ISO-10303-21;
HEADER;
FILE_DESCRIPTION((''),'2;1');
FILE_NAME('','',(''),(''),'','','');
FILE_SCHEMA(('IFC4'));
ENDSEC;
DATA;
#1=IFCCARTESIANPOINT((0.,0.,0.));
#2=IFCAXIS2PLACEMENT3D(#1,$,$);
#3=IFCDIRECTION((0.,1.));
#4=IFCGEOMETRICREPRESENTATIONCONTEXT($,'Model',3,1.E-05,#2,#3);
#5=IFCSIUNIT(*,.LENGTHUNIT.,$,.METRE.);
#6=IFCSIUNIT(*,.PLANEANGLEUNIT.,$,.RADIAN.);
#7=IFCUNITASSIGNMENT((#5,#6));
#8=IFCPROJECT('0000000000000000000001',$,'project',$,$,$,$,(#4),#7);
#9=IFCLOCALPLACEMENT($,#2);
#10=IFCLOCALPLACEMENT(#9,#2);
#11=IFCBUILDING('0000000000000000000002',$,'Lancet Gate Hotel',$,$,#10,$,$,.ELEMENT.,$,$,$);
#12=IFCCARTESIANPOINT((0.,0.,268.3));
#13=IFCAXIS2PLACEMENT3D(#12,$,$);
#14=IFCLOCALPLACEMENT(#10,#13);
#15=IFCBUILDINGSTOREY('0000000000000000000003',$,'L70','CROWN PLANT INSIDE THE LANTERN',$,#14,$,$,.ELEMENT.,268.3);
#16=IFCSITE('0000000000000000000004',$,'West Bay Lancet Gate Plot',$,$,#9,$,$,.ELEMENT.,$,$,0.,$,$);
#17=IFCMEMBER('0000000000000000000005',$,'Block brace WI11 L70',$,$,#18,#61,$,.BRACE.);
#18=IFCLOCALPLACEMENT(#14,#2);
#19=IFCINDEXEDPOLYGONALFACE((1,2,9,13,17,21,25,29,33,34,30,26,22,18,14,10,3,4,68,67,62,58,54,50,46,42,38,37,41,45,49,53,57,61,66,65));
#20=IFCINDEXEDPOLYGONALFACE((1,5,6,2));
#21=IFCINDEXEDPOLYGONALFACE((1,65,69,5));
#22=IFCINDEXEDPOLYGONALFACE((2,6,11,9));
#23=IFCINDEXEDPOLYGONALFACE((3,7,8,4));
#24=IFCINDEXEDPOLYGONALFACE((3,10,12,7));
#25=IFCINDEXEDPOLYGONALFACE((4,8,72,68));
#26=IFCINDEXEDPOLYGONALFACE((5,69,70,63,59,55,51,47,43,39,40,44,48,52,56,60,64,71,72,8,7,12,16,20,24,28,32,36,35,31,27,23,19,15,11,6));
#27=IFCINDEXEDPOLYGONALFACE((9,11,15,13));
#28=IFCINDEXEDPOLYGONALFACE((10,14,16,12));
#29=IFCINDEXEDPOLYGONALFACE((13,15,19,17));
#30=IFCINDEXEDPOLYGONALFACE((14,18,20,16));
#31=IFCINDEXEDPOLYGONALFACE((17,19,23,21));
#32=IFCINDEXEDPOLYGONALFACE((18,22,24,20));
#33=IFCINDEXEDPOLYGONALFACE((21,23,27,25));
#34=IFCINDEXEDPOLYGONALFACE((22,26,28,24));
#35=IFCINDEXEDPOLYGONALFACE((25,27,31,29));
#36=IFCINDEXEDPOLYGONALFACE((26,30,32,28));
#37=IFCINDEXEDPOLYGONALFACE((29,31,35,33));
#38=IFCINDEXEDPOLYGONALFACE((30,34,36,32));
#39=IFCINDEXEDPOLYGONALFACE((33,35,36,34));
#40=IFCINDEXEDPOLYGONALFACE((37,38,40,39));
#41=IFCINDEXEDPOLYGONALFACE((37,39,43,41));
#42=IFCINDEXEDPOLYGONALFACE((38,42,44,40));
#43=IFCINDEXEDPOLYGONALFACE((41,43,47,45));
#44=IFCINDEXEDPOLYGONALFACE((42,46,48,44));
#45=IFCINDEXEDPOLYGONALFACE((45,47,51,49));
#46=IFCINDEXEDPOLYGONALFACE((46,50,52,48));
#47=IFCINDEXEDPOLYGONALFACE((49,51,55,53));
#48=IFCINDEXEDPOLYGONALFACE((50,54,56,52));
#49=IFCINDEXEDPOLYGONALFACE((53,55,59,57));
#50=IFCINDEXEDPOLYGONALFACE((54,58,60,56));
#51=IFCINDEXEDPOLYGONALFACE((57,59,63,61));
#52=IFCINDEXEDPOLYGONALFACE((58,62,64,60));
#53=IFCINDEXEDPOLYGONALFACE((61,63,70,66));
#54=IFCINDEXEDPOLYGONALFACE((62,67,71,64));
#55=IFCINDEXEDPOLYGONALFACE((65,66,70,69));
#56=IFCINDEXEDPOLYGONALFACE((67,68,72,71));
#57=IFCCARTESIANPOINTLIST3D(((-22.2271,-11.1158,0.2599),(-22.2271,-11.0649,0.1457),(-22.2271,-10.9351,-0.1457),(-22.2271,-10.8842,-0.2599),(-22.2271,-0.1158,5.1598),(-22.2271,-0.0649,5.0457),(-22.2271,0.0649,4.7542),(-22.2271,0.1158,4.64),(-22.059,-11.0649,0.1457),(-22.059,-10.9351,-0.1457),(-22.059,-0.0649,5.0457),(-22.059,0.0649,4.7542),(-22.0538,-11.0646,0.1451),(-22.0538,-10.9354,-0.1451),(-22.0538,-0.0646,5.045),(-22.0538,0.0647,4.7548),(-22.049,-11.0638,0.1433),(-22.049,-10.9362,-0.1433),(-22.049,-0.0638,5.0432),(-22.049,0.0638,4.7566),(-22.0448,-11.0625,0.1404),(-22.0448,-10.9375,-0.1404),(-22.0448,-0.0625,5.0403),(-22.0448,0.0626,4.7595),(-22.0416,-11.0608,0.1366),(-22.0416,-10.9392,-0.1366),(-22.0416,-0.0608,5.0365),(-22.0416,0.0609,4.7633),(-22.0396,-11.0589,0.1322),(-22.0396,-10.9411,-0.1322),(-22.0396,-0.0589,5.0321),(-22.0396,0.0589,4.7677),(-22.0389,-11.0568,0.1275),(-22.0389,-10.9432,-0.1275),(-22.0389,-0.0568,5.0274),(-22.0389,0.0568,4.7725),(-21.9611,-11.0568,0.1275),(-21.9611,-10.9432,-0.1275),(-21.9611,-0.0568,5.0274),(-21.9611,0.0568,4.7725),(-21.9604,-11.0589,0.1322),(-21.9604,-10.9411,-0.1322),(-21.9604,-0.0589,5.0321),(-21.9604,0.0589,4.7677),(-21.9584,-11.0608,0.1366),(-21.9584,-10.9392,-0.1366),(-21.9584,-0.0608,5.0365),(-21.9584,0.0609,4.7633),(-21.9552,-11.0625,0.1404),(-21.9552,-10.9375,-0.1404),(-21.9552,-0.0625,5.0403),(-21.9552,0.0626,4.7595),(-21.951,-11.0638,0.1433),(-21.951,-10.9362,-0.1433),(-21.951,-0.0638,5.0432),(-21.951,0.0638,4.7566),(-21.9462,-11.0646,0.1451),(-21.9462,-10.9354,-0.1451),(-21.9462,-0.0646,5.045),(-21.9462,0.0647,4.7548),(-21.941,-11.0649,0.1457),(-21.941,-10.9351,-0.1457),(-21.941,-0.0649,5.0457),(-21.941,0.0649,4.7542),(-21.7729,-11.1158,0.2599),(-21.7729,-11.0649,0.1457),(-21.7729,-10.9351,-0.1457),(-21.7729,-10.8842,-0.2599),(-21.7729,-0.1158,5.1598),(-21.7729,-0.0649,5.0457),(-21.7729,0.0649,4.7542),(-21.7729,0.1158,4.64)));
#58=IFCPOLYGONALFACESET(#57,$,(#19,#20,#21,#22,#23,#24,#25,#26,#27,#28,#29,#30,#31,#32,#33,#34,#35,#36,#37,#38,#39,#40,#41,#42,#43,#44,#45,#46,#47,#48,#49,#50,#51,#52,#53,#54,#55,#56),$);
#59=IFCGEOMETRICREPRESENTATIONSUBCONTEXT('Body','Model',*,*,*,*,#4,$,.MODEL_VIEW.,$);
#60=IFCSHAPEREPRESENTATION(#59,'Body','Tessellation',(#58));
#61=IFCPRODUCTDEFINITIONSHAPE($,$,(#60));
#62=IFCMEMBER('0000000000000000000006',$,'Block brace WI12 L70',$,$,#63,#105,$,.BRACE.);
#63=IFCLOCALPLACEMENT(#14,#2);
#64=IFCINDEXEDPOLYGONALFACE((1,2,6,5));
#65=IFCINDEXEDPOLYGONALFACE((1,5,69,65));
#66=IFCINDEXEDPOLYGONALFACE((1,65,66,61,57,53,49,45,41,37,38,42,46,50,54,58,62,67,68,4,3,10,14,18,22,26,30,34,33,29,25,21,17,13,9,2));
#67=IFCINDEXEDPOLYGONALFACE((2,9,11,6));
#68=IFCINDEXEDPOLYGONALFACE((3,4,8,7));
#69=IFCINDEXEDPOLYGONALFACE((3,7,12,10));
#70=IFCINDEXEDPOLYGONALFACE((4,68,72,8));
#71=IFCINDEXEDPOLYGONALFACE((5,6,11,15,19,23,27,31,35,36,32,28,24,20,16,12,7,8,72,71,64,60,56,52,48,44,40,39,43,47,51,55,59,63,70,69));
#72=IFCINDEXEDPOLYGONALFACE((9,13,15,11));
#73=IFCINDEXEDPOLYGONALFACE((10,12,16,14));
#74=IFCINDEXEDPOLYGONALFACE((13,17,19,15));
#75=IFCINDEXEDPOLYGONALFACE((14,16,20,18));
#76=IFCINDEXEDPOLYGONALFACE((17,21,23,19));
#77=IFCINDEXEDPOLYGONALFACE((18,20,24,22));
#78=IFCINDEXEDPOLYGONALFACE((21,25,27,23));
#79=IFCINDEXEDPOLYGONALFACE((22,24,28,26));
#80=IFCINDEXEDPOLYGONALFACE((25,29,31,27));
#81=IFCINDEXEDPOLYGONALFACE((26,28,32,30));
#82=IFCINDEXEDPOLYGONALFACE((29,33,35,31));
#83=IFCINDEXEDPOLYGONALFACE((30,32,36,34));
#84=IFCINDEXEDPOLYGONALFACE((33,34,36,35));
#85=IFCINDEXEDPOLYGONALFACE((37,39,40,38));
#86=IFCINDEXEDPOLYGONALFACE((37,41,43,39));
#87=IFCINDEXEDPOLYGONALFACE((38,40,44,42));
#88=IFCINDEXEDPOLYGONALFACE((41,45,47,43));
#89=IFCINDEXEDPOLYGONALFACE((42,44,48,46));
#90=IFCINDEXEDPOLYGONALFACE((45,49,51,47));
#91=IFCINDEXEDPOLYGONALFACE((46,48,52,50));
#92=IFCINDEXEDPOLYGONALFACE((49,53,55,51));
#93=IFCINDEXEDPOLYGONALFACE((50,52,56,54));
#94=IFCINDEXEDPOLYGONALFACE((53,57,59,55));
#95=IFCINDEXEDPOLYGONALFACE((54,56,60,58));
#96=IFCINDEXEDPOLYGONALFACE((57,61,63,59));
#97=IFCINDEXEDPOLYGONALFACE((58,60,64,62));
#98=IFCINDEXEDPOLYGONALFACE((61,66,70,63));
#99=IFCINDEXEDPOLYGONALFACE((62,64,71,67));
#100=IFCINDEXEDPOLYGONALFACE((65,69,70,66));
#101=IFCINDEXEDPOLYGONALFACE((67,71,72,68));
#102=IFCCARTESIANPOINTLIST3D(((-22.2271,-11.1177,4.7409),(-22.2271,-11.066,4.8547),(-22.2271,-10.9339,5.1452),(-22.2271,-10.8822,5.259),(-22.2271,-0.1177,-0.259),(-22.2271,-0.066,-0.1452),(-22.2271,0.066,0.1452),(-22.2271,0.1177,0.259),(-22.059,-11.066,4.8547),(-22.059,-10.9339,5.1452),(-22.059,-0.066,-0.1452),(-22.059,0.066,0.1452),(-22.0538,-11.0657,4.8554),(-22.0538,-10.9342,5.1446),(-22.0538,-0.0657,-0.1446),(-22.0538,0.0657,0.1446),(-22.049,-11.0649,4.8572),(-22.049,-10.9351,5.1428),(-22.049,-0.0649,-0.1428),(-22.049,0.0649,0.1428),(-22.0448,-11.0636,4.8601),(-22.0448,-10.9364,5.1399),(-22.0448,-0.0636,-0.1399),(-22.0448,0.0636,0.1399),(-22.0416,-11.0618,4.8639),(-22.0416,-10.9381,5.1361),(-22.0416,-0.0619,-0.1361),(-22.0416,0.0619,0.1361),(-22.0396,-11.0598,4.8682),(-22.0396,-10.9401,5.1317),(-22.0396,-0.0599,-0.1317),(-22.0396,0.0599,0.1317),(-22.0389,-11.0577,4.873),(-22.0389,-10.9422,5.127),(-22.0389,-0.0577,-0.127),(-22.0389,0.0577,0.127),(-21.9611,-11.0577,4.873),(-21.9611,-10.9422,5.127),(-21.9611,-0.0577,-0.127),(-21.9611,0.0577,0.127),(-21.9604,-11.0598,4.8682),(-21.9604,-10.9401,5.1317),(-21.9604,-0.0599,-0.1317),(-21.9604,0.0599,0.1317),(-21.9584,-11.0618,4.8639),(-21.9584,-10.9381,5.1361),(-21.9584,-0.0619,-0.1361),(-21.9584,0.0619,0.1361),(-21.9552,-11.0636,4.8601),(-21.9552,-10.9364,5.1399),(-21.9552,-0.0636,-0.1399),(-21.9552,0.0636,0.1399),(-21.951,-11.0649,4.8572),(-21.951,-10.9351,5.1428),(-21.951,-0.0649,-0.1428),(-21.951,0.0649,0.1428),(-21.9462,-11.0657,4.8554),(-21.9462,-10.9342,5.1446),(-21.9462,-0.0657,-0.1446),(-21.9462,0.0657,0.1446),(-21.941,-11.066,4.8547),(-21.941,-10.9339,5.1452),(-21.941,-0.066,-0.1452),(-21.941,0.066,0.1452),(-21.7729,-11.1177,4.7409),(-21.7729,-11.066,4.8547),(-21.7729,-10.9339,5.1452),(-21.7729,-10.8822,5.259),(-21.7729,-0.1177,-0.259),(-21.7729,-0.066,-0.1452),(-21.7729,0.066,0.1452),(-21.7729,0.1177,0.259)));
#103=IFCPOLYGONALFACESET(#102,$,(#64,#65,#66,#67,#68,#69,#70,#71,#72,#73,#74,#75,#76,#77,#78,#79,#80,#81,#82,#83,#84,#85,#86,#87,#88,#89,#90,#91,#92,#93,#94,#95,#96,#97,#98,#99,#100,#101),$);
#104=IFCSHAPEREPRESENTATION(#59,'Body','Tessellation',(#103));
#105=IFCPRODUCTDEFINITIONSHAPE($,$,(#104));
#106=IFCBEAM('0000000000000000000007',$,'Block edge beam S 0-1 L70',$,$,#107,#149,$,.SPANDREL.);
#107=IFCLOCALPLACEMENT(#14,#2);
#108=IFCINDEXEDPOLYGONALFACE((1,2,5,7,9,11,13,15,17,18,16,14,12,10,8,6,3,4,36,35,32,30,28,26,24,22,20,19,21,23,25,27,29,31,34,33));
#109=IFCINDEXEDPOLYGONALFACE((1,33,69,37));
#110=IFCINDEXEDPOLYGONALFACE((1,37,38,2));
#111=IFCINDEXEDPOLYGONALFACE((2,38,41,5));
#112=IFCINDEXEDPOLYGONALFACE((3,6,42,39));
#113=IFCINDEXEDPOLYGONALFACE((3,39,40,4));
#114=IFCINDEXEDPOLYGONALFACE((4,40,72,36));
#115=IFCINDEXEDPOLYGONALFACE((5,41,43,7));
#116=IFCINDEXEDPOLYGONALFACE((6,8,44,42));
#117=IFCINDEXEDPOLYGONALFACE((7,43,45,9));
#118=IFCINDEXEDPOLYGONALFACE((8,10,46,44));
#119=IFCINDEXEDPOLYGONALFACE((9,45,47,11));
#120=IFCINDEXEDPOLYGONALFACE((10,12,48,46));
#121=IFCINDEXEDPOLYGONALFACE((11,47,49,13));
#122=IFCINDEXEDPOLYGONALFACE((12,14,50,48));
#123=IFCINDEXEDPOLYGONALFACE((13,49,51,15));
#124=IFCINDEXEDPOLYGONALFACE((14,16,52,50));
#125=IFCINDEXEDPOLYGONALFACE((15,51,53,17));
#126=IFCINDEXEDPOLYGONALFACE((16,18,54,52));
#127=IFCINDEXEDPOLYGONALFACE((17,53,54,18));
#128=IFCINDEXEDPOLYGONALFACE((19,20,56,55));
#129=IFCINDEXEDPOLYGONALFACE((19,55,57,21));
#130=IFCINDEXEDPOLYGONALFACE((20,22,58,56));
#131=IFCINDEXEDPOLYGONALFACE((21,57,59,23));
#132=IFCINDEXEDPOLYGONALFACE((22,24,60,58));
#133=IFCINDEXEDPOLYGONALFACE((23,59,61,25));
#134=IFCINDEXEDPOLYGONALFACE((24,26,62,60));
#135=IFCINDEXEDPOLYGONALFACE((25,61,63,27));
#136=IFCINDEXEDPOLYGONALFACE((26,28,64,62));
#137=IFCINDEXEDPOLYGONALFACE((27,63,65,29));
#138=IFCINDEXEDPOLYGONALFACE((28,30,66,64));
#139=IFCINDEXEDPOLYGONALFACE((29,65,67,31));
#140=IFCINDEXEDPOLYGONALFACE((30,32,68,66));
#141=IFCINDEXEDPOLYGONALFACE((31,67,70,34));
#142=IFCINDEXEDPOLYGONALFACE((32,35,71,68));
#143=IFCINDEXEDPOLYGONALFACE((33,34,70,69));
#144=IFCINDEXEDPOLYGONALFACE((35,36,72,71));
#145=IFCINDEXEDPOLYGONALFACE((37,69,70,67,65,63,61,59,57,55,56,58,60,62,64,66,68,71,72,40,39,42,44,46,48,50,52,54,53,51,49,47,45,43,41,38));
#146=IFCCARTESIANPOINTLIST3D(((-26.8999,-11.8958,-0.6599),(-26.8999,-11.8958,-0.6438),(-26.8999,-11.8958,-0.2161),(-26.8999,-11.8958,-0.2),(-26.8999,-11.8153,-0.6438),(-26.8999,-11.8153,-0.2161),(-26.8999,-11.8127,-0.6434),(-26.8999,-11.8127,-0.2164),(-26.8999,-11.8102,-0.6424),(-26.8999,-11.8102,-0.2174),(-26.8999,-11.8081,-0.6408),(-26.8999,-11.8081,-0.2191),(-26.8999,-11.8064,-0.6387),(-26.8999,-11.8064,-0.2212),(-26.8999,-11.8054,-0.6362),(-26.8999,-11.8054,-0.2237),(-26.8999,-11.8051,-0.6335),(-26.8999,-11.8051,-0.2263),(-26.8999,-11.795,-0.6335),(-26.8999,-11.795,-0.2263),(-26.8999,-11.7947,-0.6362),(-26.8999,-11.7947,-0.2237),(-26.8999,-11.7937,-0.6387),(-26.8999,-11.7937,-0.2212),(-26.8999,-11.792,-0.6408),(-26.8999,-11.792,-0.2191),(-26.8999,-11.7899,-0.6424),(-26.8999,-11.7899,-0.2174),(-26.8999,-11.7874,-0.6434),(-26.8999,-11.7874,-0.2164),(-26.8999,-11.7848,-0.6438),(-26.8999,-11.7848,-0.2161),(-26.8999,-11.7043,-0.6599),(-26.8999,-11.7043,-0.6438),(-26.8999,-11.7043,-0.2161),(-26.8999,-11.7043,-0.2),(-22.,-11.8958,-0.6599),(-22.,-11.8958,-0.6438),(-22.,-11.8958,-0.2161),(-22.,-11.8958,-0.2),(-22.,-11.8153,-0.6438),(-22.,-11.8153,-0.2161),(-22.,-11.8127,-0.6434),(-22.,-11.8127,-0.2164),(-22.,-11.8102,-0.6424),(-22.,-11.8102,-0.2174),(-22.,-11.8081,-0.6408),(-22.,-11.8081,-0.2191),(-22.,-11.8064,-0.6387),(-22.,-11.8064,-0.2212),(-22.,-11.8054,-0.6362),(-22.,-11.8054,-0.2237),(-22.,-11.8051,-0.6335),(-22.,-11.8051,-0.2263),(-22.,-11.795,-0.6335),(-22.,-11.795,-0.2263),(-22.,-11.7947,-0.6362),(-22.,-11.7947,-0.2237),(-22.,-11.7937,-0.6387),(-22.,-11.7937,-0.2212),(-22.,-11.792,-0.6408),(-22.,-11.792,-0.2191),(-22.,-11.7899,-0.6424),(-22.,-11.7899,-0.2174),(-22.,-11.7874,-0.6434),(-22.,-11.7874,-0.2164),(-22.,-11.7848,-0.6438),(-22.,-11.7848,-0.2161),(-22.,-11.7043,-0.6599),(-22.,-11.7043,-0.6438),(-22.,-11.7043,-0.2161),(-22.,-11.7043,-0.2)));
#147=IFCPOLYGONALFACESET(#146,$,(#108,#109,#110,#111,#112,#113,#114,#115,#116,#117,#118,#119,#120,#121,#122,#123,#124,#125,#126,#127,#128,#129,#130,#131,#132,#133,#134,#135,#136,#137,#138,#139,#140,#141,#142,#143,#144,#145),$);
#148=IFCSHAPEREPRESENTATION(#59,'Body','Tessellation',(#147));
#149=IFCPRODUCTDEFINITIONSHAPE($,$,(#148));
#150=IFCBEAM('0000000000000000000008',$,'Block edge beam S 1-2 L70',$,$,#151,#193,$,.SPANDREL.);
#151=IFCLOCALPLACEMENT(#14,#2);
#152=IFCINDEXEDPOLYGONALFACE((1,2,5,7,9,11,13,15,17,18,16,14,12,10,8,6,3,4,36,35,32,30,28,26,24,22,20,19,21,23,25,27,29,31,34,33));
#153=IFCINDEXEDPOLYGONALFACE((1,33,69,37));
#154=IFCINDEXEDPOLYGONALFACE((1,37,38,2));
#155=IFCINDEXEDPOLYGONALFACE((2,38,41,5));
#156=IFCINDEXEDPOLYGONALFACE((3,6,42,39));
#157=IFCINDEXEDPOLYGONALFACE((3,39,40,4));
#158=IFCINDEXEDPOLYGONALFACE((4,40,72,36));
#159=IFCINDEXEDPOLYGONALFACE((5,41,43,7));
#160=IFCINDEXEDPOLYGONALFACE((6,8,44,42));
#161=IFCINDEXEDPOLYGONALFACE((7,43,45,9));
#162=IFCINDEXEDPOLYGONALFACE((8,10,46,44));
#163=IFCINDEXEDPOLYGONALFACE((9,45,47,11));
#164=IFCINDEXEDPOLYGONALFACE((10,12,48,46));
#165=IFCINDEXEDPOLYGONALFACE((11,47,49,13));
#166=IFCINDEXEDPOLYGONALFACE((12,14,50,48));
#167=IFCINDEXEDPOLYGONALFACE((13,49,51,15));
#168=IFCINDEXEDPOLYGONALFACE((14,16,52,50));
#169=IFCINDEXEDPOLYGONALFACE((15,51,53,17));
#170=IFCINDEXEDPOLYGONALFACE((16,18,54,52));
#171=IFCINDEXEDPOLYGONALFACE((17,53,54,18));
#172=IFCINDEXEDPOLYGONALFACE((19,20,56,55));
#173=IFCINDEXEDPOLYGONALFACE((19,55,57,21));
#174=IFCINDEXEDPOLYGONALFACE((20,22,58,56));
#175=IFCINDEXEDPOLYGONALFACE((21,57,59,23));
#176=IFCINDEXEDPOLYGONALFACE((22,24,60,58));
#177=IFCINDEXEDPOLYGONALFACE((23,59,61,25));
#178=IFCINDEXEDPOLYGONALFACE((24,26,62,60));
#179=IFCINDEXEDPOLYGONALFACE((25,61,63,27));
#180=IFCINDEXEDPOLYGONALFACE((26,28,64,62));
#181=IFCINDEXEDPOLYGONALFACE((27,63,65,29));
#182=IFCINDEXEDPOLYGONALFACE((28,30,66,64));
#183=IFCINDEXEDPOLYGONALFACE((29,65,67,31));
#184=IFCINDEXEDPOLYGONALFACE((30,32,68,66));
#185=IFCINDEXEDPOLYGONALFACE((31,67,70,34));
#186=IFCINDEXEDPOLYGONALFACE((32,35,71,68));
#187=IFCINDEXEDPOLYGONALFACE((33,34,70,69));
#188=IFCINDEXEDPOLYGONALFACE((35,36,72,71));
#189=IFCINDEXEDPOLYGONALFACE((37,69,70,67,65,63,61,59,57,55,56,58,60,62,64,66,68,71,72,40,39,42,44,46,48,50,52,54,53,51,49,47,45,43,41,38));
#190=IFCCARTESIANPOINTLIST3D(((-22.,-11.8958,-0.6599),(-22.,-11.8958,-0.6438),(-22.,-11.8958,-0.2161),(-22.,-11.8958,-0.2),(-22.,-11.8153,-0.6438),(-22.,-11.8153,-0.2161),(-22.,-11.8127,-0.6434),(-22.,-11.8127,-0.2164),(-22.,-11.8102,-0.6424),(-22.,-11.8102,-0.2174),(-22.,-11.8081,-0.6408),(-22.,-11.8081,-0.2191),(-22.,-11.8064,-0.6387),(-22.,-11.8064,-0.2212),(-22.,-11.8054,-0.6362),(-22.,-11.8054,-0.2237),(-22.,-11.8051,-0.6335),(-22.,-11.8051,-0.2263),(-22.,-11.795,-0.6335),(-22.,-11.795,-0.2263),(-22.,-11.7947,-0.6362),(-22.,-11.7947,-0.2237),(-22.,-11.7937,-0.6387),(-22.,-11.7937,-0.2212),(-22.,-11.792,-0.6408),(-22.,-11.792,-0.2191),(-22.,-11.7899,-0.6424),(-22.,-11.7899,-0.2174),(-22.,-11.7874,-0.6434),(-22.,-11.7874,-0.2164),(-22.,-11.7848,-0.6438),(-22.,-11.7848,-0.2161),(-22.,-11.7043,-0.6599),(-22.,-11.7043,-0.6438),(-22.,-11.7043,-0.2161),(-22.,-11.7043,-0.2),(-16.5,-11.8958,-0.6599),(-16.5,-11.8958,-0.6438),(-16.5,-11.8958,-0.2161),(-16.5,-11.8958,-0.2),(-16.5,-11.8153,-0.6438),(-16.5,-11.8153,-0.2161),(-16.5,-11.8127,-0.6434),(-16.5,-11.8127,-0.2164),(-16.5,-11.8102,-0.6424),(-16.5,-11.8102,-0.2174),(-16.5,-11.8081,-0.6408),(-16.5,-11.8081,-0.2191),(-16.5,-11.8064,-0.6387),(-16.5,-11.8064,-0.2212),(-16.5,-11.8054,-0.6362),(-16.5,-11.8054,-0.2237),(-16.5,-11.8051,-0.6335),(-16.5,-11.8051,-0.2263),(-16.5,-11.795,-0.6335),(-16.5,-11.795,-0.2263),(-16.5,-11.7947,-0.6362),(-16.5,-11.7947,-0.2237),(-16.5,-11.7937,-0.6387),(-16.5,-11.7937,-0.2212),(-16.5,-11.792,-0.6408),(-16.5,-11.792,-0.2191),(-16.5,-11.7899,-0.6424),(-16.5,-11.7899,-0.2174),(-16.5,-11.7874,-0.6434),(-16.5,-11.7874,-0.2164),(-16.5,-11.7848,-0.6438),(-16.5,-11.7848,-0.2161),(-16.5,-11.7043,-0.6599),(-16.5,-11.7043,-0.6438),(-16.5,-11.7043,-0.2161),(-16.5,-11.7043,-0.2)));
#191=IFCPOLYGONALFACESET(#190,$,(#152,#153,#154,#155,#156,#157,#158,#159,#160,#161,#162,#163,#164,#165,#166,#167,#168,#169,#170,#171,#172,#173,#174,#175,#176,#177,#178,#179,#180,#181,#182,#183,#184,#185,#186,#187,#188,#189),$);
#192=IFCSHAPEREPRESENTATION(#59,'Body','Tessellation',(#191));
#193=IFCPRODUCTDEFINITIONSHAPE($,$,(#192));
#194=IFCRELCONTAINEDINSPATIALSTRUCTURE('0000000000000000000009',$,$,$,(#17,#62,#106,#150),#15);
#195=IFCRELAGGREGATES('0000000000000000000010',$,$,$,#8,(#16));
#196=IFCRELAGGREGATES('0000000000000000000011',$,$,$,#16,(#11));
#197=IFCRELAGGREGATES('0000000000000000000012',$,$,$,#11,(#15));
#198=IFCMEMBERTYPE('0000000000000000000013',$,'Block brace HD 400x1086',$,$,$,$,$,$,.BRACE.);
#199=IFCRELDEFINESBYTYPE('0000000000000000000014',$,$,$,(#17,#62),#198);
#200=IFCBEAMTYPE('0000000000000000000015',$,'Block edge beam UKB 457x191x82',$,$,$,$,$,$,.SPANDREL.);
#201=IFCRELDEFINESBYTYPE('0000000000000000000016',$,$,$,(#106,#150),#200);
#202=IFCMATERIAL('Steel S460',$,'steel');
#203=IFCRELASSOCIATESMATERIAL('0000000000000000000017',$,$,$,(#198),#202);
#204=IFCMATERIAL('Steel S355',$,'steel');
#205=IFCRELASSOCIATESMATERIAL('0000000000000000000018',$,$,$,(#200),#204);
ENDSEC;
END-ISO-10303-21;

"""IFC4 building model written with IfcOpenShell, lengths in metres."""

from ifc_helpers import new_model, si_unit, direction, frame, origin, origin_2d, place, context, subcontext, project, spatial, i_section, extrude, material, material_profile, profile_set, type_object, element, save


model = new_model("IFC4")

# Units and contexts
model_context = context("Model", 3, precision=1e-05, world=origin(), true_north=direction((0.0, 1.0)))
body_context = subcontext(model_context, "Body", "Model", "MODEL_VIEW")
ifc_project = project(units=[si_unit("LENGTHUNIT", "METRE"), si_unit("PLANEANGLEUNIT", "RADIAN")], contexts=[model_context])

# Site, building, storey
site_placement = place(None, origin())
site = spatial("IfcSite", under=ifc_project, at=site_placement, Name="West Bay Lancet Gate Plot", CompositionType="ELEMENT", RefElevation=0.0)
building_placement = place(site_placement, origin())
building = spatial("IfcBuilding", under=site, at=building_placement, Name="Lancet Gate Hotel", CompositionType="ELEMENT")
storey_placement = place(building_placement, frame((0.0, 0.0, 268.3)))
storey = spatial("IfcBuildingStorey", under=building, at=storey_placement, Name="L70", Description="CROWN PLANT INSIDE THE LANTERN", CompositionType="ELEMENT", Elevation=268.3)

# Members
ifc_material_1 = material(Name="Steel S460", Category="steel")
ifc_material_profile_1 = material_profile(ifc_material_1, i_section(OverallWidth=0.4541, OverallDepth=0.5691, WebThickness=0.0779, FlangeThickness=0.125, FilletRadius=0.02, at=origin_2d()), Name="HD 400x1086")
ifc_profile_set_1 = profile_set([ifc_material_profile_1], Name="Steel S460")
member_type_1 = type_object("IfcMemberType", Name="Block brace HD 400x1086", PredefinedType="BRACE", material=ifc_profile_set_1)
member_1_placement = place(storey_placement, frame((-22.0, -11.0, 0.0), z_axis=(0.0, 0.913472, 0.406902), x_axis=(-1.0, 0.0, 0.0)))
element("IfcMember", 1, at=member_1_placement, inside=storey, type_object=member_type_1, Name="Block brace WI11 L70", PredefinedType="BRACE", context=body_context, shape_type="SweptSolid", body=[
    extrude(i_section(OverallWidth=0.4541, OverallDepth=0.5691, WebThickness=0.0779, FlangeThickness=0.125, FilletRadius=0.02, at=origin_2d()), origin(), (0.0, 0.0, 1.0), 12.042),
])
member_2_placement = place(storey_placement, frame((-22.0, 0.0, 0.0), z_axis=(0.0, -0.910366, 0.413803), x_axis=(1.0, 0.0, 0.0)))
element("IfcMember", 2, at=member_2_placement, inside=storey, type_object=member_type_1, Name="Block brace WI12 L70", PredefinedType="BRACE", context=body_context, shape_type="SweptSolid", body=[
    extrude(i_section(OverallWidth=0.4541, OverallDepth=0.5691, WebThickness=0.0779, FlangeThickness=0.125, FilletRadius=0.02, at=origin_2d()), origin(), (0.0, 0.0, 1.0), 12.083),
])

# Beams
ifc_material_2 = material(Name="Steel S355", Category="steel")
ifc_material_profile_2 = material_profile(ifc_material_2, i_section(OverallWidth=0.1914, OverallDepth=0.46, WebThickness=0.01, FlangeThickness=0.0161, FilletRadius=0.0103, at=origin_2d()), Name="UKB 457x191x82")
ifc_profile_set_2 = profile_set([ifc_material_profile_2], Name="Steel S355")
beam_type_1 = type_object("IfcBeamType", Name="Block edge beam UKB 457x191x82", PredefinedType="SPANDREL", material=ifc_profile_set_2)
beam_1_placement = place(storey_placement, frame((-26.8999, -11.8, -0.4299), z_axis=(1.0, 0.0, 0.0), x_axis=(0.0, 1.0, 0.0)))
element("IfcBeam", 3, at=beam_1_placement, inside=storey, type_object=beam_type_1, Name="Block edge beam S 0-1 L70", PredefinedType="SPANDREL", context=body_context, shape_type="SweptSolid", body=[
    extrude(i_section(OverallWidth=0.1914, OverallDepth=0.46, WebThickness=0.01, FlangeThickness=0.0161, FilletRadius=0.0103, at=origin_2d()), origin(), (0.0, 0.0, 1.0), 4.8999),
])
beam_2_placement = place(storey_placement, frame((-22.0, -11.8, -0.4299), z_axis=(1.0, 0.0, 0.0), x_axis=(0.0, 1.0, 0.0)))
element("IfcBeam", 4, at=beam_2_placement, inside=storey, type_object=beam_type_1, Name="Block edge beam S 1-2 L70", PredefinedType="SPANDREL", context=body_context, shape_type="SweptSolid", body=[
    extrude(i_section(OverallWidth=0.1914, OverallDepth=0.46, WebThickness=0.01, FlangeThickness=0.0161, FilletRadius=0.0103, at=origin_2d()), origin(), (0.0, 0.0, 1.0), 5.5),
])

save(model, "model.ifc")
